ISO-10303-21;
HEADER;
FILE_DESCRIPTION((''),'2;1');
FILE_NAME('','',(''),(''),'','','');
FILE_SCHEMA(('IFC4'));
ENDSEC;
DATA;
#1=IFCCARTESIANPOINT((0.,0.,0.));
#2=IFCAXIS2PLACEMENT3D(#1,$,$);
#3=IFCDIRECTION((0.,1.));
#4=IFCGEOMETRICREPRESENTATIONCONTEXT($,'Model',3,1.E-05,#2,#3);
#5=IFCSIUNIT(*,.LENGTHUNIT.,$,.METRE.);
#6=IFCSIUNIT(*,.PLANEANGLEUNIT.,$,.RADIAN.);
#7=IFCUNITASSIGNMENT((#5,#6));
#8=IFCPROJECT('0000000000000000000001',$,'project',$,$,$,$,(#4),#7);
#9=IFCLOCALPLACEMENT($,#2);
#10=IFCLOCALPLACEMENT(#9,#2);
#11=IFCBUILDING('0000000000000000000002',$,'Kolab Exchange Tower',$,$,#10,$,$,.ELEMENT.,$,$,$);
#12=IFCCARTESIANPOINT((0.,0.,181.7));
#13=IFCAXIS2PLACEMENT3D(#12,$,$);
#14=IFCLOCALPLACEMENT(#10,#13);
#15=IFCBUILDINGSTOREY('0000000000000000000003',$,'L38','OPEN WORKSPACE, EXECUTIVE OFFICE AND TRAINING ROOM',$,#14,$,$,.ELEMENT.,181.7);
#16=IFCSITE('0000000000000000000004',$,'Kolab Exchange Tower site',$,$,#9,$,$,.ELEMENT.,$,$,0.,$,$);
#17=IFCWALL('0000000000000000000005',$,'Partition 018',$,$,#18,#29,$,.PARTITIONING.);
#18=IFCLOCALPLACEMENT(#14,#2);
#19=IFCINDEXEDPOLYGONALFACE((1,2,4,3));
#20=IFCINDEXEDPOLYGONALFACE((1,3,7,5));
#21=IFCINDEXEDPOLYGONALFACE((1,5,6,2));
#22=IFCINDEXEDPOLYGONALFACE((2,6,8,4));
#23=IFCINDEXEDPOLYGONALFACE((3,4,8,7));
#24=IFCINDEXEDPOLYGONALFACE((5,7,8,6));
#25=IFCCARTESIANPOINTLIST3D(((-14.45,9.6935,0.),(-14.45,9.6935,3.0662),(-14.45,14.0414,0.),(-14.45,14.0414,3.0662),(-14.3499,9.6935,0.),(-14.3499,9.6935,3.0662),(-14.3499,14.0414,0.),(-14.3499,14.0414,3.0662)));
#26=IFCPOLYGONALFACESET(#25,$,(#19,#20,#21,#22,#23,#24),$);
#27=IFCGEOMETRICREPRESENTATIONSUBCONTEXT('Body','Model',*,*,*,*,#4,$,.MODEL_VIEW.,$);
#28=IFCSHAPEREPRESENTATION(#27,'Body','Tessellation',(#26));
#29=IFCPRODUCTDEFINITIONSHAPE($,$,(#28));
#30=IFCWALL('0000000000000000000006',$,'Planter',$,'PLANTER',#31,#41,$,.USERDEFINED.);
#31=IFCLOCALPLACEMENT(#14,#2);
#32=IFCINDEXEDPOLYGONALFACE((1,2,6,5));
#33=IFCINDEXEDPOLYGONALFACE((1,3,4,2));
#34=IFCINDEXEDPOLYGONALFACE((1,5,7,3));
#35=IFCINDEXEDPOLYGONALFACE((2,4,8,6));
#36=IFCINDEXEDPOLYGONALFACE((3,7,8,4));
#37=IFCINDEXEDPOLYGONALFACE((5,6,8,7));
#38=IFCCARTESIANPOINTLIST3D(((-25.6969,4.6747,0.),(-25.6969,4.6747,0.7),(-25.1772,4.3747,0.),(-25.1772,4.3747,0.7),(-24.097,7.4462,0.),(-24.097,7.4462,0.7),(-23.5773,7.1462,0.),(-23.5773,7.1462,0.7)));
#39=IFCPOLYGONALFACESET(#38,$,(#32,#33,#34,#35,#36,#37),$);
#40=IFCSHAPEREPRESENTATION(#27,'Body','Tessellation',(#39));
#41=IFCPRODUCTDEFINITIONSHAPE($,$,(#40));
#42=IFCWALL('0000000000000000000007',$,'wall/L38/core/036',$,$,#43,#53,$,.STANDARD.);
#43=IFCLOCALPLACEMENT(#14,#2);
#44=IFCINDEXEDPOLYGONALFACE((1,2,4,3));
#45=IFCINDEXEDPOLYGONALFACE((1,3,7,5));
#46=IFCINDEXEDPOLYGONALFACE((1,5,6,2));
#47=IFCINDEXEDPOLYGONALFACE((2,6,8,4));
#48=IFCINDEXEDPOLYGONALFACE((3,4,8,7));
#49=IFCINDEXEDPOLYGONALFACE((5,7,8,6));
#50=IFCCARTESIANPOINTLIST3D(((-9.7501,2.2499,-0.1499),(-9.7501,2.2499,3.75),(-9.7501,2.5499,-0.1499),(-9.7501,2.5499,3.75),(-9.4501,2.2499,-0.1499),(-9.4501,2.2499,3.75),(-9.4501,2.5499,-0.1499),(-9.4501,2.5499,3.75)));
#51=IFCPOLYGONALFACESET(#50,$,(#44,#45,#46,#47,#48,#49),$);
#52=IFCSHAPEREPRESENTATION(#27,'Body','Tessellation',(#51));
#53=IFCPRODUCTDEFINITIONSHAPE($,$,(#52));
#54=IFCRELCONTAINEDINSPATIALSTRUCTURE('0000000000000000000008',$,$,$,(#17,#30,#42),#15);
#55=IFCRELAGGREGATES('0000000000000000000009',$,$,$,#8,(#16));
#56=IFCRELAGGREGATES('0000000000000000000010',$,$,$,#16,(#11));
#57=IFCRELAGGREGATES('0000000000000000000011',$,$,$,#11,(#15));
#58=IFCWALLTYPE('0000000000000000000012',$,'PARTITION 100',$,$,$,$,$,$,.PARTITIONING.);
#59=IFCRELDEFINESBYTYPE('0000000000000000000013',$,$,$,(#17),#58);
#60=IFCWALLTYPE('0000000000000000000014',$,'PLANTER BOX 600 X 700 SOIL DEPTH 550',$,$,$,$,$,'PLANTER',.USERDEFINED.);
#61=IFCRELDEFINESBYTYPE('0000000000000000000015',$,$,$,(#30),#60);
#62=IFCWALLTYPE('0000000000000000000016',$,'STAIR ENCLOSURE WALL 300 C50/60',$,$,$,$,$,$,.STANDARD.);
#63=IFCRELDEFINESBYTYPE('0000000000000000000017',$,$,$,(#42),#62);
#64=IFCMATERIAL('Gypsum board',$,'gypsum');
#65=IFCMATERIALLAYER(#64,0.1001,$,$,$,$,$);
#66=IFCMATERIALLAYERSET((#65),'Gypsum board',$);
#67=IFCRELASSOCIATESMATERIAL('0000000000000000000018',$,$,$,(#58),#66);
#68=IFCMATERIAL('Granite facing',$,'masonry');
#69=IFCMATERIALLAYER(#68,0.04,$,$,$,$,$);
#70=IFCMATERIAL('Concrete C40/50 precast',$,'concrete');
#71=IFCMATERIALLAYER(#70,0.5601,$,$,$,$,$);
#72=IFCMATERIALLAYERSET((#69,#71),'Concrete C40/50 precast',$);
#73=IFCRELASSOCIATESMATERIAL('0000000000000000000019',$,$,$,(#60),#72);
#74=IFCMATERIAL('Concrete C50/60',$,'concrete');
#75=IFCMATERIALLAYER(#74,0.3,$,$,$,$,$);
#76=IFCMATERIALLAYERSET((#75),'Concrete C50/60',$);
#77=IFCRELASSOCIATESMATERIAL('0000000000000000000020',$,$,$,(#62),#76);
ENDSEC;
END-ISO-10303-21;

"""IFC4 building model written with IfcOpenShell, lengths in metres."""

from ifc_helpers import new_model, si_unit, direction, frame, frame_2d, origin, place, context, subcontext, project, spatial, rectangle, extrude, material, layer, layer_set, type_object, element, save


model = new_model("IFC4")

# Units and contexts
model_context = context("Model", 3, precision=1e-05, world=origin(), true_north=direction((0.0, 1.0)))
body_context = subcontext(model_context, "Body", "Model", "MODEL_VIEW")
ifc_project = project(units=[si_unit("LENGTHUNIT", "METRE"), si_unit("PLANEANGLEUNIT", "RADIAN")], contexts=[model_context])

# Site, building, storey
site_placement = place(None, origin())
site = spatial("IfcSite", under=ifc_project, at=site_placement, Name="Kolab Exchange Tower site", CompositionType="ELEMENT", RefElevation=0.0)
building_placement = place(site_placement, origin())
building = spatial("IfcBuilding", under=site, at=building_placement, Name="Kolab Exchange Tower", CompositionType="ELEMENT")
storey_placement = place(building_placement, frame((0.0, 0.0, 181.7)))
storey = spatial("IfcBuildingStorey", under=building, at=storey_placement, Name="L38", Description="OPEN WORKSPACE, EXECUTIVE OFFICE AND TRAINING ROOM", CompositionType="ELEMENT", Elevation=181.7)

# Walls
ifc_material_1 = material(Name="Concrete C50/60", Category="concrete")
ifc_material_2 = material(Name="Gypsum board", Category="gypsum")
ifc_layer_1 = layer(ifc_material_2, 0.1001)
ifc_layer_set_1 = layer_set([ifc_layer_1], Name="Gypsum board")
wall_type_1 = type_object("IfcWallType", Name="PARTITION 100", PredefinedType="PARTITIONING", material=ifc_layer_set_1)
wall_1_placement = place(storey_placement, frame((-14.3999, 9.6936, 0.0), z_axis=(0.0, 0.0, 1.0), x_axis=(0.0, 1.0, 0.0)))
element("IfcWall", 1, at=wall_1_placement, inside=storey, type_object=wall_type_1, Name="Partition 018", PredefinedType="PARTITIONING", context=body_context, shape_type="SweptSolid", body=[
    extrude(rectangle(XDim=4.3479, YDim=0.1001, at=frame_2d((2.1738, 0.0))), origin(), (0.0, 0.0, 1.0), 3.0662),
])
ifc_material_3 = material(Name="Granite facing", Category="masonry")
ifc_layer_2 = layer(ifc_material_3, 0.04)
ifc_material_4 = material(Name="Concrete C40/50 precast", Category="concrete")
ifc_layer_3 = layer(ifc_material_4, 0.5601)
ifc_layer_set_2 = layer_set([ifc_layer_2, ifc_layer_3], Name="Concrete C40/50 precast")
wall_type_2 = type_object("IfcWallType", Name="PLANTER BOX 600 X 700 SOIL DEPTH 550", ElementType="PLANTER", PredefinedType="USERDEFINED", material=ifc_layer_set_2)
wall_2_placement = place(storey_placement, frame((-25.437, 4.5247, 0.0), z_axis=(0.0, 0.0, 1.0), x_axis=(0.499938, 0.866061, 0.0)))
element("IfcWall", 2, at=wall_2_placement, inside=storey, type_object=wall_type_2, Name="Planter", ObjectType="PLANTER", PredefinedType="USERDEFINED", context=body_context, shape_type="SweptSolid", body=[
    extrude(rectangle(XDim=3.2002, YDim=0.6001, at=frame_2d((1.6001, 0.0))), origin(), (0.0, 0.0, 1.0), 0.7),
])
ifc_layer_4 = layer(ifc_material_1, 0.3)
ifc_layer_set_3 = layer_set([ifc_layer_4], Name="Concrete C50/60")
wall_type_3 = type_object("IfcWallType", Name="STAIR ENCLOSURE WALL 300 C50/60", PredefinedType="STANDARD", material=ifc_layer_set_3)
wall_3_placement = place(storey_placement, frame((-9.6001, 2.25, -0.1499), z_axis=(0.0, 0.0, 1.0), x_axis=(0.0, 1.0, 0.0)))
element("IfcWall", 3, at=wall_3_placement, inside=storey, type_object=wall_type_3, Name="wall/L38/core/036", PredefinedType="STANDARD", context=body_context, shape_type="SweptSolid", body=[
    extrude(rectangle(XDim=0.3, YDim=0.3, at=frame_2d((0.1499, 0.0))), origin(), (0.0, 0.0, 1.0), 3.8999),
])

save(model, "model.ifc")
